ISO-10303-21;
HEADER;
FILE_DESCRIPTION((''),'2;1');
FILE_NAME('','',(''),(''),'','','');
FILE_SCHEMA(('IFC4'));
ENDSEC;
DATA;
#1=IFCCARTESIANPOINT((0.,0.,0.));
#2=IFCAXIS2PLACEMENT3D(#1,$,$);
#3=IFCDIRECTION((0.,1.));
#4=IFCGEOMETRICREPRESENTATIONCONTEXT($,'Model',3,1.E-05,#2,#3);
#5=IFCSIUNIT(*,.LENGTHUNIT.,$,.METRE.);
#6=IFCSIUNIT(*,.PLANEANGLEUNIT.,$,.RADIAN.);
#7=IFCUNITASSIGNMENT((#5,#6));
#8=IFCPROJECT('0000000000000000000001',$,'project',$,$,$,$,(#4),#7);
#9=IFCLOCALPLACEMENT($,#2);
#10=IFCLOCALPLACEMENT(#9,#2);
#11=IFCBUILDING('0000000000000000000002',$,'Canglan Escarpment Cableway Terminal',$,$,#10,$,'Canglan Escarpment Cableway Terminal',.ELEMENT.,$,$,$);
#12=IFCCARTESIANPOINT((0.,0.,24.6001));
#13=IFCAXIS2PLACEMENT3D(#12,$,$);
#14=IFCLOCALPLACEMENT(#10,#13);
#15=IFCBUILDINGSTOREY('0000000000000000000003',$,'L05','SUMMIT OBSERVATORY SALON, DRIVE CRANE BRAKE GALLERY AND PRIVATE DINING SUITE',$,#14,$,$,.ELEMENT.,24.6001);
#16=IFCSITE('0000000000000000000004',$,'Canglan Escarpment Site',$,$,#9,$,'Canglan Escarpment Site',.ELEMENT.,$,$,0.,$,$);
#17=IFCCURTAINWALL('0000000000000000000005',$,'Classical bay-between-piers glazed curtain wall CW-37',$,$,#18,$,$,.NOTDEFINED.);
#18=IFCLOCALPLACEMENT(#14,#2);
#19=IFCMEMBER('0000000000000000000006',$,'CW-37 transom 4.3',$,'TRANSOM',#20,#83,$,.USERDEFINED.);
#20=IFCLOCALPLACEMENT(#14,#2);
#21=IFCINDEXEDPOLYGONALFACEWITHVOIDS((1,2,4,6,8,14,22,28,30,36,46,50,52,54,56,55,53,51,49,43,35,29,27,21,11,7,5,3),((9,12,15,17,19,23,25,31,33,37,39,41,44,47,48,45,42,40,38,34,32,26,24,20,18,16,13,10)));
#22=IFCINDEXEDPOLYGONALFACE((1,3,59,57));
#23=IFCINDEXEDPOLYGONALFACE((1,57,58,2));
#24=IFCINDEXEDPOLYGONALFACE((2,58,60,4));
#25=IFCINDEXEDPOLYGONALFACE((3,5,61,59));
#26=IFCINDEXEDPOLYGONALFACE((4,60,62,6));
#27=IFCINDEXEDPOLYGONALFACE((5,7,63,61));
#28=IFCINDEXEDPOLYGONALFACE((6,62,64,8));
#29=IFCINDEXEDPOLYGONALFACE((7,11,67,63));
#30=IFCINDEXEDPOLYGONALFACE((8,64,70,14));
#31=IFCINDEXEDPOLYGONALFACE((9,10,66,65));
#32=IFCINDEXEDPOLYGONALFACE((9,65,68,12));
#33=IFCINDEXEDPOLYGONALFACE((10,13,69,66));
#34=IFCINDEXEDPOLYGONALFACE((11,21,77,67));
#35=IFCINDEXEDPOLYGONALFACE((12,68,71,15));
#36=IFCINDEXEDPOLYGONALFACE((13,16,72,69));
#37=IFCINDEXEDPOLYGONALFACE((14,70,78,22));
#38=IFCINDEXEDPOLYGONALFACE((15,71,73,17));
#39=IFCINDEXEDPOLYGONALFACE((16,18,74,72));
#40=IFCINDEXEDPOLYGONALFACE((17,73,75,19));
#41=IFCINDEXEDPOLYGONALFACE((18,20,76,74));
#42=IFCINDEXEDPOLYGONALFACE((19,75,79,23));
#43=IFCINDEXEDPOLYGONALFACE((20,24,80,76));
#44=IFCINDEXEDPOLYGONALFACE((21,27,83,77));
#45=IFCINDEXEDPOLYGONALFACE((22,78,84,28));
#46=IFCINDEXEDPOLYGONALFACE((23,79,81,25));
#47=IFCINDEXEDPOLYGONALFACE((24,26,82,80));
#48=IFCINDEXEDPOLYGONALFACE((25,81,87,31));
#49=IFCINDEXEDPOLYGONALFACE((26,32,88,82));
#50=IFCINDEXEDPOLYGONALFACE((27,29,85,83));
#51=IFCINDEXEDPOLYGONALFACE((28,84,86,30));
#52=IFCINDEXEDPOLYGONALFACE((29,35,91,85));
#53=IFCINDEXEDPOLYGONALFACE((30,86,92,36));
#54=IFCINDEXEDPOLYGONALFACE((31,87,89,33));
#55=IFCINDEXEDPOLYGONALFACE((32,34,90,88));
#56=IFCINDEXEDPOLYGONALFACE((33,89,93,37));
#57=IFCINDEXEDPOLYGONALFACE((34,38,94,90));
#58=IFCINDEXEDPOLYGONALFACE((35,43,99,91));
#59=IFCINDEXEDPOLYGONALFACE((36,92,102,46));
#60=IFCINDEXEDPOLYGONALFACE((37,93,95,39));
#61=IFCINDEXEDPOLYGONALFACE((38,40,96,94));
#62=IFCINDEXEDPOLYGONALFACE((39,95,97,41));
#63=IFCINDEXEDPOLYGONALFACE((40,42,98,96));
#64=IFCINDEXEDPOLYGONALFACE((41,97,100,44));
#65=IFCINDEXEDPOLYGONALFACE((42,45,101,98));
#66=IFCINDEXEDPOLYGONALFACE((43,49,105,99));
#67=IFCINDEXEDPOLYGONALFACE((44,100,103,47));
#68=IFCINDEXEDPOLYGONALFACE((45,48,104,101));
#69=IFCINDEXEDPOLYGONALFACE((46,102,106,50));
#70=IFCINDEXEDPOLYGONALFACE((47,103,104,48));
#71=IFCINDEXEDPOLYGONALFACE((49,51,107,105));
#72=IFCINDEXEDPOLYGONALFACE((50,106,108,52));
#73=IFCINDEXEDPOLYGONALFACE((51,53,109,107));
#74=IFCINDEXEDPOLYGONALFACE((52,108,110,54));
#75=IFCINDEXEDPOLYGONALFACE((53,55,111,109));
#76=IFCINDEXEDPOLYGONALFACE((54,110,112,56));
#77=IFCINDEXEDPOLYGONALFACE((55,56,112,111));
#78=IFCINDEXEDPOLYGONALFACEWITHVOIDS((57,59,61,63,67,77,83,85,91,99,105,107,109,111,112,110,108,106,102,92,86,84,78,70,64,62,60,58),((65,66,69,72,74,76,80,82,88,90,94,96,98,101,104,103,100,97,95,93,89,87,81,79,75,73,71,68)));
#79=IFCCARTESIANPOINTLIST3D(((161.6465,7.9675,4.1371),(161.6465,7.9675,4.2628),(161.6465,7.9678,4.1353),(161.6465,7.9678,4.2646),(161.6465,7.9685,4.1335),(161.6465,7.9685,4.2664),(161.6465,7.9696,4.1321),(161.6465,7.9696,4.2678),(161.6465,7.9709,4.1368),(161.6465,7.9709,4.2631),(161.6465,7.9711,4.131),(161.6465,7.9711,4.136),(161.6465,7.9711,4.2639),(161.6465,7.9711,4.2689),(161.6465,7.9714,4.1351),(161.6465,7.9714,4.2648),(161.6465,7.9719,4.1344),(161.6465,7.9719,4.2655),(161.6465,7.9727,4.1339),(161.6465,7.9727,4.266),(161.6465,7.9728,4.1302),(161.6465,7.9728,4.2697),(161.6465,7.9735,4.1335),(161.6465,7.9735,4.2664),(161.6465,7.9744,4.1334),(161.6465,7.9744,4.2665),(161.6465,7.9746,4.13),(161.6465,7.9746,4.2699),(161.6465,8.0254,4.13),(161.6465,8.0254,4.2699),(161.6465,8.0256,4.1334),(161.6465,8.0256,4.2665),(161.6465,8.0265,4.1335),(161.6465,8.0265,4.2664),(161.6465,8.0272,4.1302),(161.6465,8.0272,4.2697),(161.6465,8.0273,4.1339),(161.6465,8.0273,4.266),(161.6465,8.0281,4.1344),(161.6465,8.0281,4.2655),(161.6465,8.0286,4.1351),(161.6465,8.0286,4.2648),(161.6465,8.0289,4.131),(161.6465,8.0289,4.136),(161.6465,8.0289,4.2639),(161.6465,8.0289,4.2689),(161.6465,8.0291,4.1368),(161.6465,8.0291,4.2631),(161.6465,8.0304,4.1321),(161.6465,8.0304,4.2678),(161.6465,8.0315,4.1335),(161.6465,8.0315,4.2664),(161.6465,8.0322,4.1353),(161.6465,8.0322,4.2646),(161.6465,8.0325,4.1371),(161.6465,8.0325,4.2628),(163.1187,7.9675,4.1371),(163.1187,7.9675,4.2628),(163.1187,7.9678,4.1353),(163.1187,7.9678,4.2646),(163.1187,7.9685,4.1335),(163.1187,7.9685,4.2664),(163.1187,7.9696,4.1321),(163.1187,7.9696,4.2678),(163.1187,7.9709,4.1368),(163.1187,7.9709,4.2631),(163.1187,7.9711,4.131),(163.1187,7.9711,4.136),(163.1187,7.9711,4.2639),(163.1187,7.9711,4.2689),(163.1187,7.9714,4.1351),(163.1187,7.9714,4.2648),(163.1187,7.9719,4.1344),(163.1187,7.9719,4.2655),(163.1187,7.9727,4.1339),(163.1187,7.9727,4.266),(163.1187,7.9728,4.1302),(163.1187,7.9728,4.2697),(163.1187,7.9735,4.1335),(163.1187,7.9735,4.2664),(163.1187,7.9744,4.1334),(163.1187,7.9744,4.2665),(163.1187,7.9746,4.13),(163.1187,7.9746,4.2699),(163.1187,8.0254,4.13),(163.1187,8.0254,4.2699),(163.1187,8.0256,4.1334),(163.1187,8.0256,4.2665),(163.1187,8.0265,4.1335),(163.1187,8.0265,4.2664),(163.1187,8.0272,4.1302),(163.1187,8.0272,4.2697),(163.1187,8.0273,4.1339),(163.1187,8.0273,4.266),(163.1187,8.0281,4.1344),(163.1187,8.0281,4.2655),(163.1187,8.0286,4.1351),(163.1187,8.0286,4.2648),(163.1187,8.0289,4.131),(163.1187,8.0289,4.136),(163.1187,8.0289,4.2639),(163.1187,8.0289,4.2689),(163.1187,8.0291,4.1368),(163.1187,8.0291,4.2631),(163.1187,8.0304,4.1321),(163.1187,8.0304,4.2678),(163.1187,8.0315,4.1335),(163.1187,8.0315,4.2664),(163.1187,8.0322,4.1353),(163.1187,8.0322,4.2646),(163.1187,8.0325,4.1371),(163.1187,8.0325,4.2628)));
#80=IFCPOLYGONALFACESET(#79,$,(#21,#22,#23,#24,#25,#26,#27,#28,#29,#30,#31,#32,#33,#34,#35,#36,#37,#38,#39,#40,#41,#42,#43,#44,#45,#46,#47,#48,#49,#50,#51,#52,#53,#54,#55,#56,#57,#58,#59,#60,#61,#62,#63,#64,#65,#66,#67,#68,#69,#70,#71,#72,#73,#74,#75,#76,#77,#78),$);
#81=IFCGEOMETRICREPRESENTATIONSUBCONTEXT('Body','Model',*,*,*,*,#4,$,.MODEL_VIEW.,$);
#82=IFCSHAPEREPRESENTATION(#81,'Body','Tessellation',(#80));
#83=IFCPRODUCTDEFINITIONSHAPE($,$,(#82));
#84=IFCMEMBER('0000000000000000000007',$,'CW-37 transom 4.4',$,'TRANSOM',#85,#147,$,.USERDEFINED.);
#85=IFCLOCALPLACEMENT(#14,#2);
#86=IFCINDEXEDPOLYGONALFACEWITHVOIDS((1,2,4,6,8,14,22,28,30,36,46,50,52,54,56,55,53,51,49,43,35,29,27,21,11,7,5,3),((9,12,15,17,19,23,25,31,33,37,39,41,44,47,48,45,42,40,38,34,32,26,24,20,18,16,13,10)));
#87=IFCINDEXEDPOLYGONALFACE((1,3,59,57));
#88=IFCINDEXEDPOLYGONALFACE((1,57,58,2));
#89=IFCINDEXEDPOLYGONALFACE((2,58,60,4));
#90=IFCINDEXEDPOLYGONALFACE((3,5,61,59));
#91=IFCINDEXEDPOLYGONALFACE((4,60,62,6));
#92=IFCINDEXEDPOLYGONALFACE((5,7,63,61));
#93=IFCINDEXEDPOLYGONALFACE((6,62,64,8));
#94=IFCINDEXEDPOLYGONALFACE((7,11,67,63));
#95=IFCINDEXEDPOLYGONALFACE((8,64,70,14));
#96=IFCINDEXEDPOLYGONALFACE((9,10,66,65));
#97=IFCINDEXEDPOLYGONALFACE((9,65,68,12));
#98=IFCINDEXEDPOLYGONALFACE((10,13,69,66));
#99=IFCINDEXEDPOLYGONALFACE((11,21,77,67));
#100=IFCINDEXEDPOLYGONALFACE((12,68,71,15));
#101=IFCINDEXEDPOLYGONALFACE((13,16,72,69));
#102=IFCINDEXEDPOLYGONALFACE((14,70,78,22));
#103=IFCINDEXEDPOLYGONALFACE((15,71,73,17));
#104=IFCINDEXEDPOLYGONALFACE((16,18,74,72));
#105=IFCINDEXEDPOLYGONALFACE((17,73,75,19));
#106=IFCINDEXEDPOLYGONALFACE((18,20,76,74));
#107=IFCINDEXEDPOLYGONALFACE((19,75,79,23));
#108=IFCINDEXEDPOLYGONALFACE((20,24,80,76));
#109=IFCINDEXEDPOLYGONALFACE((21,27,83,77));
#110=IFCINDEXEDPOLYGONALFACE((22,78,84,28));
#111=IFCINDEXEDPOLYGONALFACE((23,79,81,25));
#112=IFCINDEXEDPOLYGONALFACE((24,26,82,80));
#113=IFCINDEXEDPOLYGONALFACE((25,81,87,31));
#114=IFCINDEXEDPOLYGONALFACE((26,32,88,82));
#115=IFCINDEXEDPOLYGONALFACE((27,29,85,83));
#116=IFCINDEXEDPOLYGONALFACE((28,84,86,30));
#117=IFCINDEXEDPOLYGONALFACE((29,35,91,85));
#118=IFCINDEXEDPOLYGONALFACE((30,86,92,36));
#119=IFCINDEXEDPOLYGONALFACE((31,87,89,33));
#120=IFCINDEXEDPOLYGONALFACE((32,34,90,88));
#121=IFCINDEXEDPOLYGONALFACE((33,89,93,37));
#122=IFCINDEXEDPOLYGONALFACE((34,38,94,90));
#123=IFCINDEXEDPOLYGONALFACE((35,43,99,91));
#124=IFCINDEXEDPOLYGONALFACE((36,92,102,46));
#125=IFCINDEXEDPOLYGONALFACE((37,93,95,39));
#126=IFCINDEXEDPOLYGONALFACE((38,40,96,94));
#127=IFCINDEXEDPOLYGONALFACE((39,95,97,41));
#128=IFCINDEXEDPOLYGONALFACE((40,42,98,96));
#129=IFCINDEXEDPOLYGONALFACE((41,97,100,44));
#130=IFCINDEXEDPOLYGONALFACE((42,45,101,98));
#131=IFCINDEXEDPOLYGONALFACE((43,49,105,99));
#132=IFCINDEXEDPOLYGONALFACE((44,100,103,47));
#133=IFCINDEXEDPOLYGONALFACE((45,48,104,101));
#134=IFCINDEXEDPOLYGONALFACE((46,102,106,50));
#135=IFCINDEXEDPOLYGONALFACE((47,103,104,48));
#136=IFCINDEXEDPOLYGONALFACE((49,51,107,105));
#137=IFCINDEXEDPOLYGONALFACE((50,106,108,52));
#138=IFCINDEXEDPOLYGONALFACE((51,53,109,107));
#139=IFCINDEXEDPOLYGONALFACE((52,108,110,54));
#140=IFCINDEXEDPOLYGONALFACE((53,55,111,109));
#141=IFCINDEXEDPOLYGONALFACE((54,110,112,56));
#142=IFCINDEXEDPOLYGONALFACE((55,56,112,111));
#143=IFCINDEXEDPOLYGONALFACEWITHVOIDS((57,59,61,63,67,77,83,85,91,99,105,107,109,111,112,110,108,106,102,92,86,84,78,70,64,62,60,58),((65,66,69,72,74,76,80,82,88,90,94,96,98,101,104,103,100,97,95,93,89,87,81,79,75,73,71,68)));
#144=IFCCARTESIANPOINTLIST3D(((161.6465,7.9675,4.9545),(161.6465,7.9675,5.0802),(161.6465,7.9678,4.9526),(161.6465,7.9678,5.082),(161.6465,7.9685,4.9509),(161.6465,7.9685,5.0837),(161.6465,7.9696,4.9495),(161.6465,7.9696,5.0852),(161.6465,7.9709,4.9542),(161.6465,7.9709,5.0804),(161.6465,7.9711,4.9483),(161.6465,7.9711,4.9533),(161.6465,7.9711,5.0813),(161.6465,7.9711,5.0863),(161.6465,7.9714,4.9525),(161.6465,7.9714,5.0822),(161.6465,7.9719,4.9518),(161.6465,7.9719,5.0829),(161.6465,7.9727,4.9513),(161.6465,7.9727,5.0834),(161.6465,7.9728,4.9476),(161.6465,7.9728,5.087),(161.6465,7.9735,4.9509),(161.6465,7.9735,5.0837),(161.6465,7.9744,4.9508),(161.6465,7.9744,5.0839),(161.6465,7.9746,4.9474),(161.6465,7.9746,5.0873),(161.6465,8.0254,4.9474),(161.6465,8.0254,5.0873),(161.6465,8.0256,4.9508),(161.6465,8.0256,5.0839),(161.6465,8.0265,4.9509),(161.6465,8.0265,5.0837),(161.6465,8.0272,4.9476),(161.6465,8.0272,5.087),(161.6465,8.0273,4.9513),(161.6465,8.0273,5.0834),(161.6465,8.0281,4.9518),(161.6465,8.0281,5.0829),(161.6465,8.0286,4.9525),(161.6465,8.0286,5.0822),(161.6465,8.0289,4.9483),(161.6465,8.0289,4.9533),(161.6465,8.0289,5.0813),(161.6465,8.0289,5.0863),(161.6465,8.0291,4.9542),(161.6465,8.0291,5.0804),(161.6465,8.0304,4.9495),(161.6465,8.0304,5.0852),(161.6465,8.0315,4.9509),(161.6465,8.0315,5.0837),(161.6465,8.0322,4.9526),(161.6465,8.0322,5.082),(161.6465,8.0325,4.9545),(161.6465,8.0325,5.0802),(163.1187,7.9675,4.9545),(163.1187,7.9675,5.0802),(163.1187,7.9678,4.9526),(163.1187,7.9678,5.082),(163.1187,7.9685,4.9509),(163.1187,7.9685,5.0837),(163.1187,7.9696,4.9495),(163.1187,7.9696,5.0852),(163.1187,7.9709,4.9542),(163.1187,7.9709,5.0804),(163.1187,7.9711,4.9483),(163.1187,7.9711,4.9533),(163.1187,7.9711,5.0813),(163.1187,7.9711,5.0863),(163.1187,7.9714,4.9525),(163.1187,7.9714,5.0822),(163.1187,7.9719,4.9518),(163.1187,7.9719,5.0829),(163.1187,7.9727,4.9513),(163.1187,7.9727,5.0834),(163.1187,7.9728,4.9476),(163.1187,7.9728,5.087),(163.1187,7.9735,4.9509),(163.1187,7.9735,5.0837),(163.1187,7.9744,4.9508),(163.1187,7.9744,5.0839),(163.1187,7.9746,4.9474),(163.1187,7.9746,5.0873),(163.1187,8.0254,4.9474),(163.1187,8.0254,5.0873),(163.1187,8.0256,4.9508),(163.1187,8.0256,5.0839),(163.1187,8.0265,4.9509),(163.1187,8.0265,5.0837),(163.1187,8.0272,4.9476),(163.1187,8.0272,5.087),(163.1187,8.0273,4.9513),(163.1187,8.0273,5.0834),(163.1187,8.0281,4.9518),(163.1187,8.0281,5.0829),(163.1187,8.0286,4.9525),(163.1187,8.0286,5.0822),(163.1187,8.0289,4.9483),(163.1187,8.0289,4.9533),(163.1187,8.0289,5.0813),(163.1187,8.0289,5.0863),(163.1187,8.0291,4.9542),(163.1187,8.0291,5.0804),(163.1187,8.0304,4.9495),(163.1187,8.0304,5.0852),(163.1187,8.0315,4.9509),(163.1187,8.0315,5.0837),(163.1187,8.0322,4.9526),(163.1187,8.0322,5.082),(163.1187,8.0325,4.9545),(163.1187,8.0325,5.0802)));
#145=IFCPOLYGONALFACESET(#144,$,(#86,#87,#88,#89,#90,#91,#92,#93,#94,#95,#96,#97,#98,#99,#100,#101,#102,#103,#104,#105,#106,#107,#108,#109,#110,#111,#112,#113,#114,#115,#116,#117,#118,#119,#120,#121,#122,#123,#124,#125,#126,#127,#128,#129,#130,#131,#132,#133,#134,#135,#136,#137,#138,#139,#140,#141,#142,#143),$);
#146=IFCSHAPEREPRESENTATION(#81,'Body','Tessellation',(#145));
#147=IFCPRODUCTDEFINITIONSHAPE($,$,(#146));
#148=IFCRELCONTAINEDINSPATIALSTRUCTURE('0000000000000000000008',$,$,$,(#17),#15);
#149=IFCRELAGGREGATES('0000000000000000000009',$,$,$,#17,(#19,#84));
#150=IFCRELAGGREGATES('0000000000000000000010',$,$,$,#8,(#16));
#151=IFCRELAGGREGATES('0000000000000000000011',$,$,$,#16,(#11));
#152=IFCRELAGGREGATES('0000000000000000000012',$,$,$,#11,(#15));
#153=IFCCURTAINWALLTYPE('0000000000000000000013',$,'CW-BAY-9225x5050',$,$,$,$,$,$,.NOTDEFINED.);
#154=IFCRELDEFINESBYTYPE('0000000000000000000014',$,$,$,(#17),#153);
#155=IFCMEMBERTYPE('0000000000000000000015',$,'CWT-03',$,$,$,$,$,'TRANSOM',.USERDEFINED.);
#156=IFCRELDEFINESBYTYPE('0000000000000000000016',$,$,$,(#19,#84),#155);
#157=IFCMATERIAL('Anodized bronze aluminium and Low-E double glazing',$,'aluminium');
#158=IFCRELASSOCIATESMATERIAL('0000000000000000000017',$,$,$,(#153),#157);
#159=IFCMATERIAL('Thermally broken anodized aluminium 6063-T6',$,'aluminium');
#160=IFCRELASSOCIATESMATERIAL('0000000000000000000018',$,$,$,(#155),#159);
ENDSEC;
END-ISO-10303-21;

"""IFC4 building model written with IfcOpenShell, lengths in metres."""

from ifc_helpers import new_model, si_unit, direction, frame, origin, origin_2d, place, context, subcontext, project, spatial, hollow_rectangle, extrude, material, material_profile, profile_set, type_object, element, aggregate, save


model = new_model("IFC4")

# Units and contexts
model_context = context("Model", 3, precision=1e-05, world=origin(), true_north=direction((0.0, 1.0)))
body_context = subcontext(model_context, "Body", "Model", "MODEL_VIEW")
ifc_project = project(units=[si_unit("LENGTHUNIT", "METRE"), si_unit("PLANEANGLEUNIT", "RADIAN")], contexts=[model_context])

# Site, building, storey
site_placement = place(None, origin())
site = spatial("IfcSite", under=ifc_project, at=site_placement, Name="Canglan Escarpment Site", LongName="Canglan Escarpment Site", CompositionType="ELEMENT", RefElevation=0.0)
building_placement = place(site_placement, origin())
building = spatial("IfcBuilding", under=site, at=building_placement, Name="Canglan Escarpment Cableway Terminal", LongName="Canglan Escarpment Cableway Terminal", CompositionType="ELEMENT")
storey_placement = place(building_placement, frame((0.0, 0.0, 24.6001)))
storey = spatial("IfcBuildingStorey", under=building, at=storey_placement, Name="L05", Description="SUMMIT OBSERVATORY SALON, DRIVE CRANE BRAKE GALLERY AND PRIVATE DINING SUITE", CompositionType="ELEMENT", Elevation=24.6001)

# Curtain wall, members
ifc_material_1 = material(Name="Anodized bronze aluminium and Low-E double glazing", Category="aluminium")
curtain_wall_type = type_object("IfcCurtainWallType", Name="CW-BAY-9225x5050", PredefinedType="NOTDEFINED", material=ifc_material_1)
curtain_wall_placement = place(storey_placement, origin())
curtain_wall = element("IfcCurtainWall", 1, at=curtain_wall_placement, inside=storey, type_object=curtain_wall_type, Name="Classical bay-between-piers glazed curtain wall CW-37", PredefinedType="NOTDEFINED")
ifc_material_2 = material(Name="Thermally broken anodized aluminium 6063-T6", Category="aluminium")
ifc_material_profile_1 = material_profile(ifc_material_2, hollow_rectangle(XDim=0.0649, YDim=0.1399, WallThickness=0.0034, InnerFilletRadius=0.0034, OuterFilletRadius=0.0071, at=origin_2d()), Name="ALU-TRAN 65x140x3.5")
ifc_profile_set_1 = profile_set([ifc_material_profile_1], Name="Thermally broken anodized aluminium 6063-T6")
member_type_1 = type_object("IfcMemberType", Name="CWT-03", ElementType="TRANSOM", PredefinedType="USERDEFINED", material=ifc_profile_set_1)
member_1_placement = place(storey_placement, frame((161.6465, 8.0, 4.2), z_axis=(1.0, 0.0, 0.0), x_axis=(0.0, 1.0, 0.0)))
member_1 = element("IfcMember", 2, at=member_1_placement, type_object=member_type_1, Name="CW-37 transom 4.3", ObjectType="TRANSOM", PredefinedType="USERDEFINED", context=body_context, shape_type="SweptSolid", body=[
    extrude(hollow_rectangle(XDim=0.0649, YDim=0.1399, WallThickness=0.0034, InnerFilletRadius=0.0034, OuterFilletRadius=0.0071, at=origin_2d()), origin(), (0.0, 0.0, 1.0), 1.4722),
])
member_2_placement = place(storey_placement, frame((161.6465, 8.0, 5.0173), z_axis=(1.0, 0.0, 0.0), x_axis=(0.0, 1.0, 0.0)))
member_2 = element("IfcMember", 3, at=member_2_placement, type_object=member_type_1, Name="CW-37 transom 4.4", ObjectType="TRANSOM", PredefinedType="USERDEFINED", context=body_context, shape_type="SweptSolid", body=[
    extrude(hollow_rectangle(XDim=0.0649, YDim=0.1399, WallThickness=0.0034, InnerFilletRadius=0.0034, OuterFilletRadius=0.0071, at=origin_2d()), origin(), (0.0, 0.0, 1.0), 1.4722),
])

aggregate(curtain_wall, [member_1, member_2])

save(model, "model.ifc")
